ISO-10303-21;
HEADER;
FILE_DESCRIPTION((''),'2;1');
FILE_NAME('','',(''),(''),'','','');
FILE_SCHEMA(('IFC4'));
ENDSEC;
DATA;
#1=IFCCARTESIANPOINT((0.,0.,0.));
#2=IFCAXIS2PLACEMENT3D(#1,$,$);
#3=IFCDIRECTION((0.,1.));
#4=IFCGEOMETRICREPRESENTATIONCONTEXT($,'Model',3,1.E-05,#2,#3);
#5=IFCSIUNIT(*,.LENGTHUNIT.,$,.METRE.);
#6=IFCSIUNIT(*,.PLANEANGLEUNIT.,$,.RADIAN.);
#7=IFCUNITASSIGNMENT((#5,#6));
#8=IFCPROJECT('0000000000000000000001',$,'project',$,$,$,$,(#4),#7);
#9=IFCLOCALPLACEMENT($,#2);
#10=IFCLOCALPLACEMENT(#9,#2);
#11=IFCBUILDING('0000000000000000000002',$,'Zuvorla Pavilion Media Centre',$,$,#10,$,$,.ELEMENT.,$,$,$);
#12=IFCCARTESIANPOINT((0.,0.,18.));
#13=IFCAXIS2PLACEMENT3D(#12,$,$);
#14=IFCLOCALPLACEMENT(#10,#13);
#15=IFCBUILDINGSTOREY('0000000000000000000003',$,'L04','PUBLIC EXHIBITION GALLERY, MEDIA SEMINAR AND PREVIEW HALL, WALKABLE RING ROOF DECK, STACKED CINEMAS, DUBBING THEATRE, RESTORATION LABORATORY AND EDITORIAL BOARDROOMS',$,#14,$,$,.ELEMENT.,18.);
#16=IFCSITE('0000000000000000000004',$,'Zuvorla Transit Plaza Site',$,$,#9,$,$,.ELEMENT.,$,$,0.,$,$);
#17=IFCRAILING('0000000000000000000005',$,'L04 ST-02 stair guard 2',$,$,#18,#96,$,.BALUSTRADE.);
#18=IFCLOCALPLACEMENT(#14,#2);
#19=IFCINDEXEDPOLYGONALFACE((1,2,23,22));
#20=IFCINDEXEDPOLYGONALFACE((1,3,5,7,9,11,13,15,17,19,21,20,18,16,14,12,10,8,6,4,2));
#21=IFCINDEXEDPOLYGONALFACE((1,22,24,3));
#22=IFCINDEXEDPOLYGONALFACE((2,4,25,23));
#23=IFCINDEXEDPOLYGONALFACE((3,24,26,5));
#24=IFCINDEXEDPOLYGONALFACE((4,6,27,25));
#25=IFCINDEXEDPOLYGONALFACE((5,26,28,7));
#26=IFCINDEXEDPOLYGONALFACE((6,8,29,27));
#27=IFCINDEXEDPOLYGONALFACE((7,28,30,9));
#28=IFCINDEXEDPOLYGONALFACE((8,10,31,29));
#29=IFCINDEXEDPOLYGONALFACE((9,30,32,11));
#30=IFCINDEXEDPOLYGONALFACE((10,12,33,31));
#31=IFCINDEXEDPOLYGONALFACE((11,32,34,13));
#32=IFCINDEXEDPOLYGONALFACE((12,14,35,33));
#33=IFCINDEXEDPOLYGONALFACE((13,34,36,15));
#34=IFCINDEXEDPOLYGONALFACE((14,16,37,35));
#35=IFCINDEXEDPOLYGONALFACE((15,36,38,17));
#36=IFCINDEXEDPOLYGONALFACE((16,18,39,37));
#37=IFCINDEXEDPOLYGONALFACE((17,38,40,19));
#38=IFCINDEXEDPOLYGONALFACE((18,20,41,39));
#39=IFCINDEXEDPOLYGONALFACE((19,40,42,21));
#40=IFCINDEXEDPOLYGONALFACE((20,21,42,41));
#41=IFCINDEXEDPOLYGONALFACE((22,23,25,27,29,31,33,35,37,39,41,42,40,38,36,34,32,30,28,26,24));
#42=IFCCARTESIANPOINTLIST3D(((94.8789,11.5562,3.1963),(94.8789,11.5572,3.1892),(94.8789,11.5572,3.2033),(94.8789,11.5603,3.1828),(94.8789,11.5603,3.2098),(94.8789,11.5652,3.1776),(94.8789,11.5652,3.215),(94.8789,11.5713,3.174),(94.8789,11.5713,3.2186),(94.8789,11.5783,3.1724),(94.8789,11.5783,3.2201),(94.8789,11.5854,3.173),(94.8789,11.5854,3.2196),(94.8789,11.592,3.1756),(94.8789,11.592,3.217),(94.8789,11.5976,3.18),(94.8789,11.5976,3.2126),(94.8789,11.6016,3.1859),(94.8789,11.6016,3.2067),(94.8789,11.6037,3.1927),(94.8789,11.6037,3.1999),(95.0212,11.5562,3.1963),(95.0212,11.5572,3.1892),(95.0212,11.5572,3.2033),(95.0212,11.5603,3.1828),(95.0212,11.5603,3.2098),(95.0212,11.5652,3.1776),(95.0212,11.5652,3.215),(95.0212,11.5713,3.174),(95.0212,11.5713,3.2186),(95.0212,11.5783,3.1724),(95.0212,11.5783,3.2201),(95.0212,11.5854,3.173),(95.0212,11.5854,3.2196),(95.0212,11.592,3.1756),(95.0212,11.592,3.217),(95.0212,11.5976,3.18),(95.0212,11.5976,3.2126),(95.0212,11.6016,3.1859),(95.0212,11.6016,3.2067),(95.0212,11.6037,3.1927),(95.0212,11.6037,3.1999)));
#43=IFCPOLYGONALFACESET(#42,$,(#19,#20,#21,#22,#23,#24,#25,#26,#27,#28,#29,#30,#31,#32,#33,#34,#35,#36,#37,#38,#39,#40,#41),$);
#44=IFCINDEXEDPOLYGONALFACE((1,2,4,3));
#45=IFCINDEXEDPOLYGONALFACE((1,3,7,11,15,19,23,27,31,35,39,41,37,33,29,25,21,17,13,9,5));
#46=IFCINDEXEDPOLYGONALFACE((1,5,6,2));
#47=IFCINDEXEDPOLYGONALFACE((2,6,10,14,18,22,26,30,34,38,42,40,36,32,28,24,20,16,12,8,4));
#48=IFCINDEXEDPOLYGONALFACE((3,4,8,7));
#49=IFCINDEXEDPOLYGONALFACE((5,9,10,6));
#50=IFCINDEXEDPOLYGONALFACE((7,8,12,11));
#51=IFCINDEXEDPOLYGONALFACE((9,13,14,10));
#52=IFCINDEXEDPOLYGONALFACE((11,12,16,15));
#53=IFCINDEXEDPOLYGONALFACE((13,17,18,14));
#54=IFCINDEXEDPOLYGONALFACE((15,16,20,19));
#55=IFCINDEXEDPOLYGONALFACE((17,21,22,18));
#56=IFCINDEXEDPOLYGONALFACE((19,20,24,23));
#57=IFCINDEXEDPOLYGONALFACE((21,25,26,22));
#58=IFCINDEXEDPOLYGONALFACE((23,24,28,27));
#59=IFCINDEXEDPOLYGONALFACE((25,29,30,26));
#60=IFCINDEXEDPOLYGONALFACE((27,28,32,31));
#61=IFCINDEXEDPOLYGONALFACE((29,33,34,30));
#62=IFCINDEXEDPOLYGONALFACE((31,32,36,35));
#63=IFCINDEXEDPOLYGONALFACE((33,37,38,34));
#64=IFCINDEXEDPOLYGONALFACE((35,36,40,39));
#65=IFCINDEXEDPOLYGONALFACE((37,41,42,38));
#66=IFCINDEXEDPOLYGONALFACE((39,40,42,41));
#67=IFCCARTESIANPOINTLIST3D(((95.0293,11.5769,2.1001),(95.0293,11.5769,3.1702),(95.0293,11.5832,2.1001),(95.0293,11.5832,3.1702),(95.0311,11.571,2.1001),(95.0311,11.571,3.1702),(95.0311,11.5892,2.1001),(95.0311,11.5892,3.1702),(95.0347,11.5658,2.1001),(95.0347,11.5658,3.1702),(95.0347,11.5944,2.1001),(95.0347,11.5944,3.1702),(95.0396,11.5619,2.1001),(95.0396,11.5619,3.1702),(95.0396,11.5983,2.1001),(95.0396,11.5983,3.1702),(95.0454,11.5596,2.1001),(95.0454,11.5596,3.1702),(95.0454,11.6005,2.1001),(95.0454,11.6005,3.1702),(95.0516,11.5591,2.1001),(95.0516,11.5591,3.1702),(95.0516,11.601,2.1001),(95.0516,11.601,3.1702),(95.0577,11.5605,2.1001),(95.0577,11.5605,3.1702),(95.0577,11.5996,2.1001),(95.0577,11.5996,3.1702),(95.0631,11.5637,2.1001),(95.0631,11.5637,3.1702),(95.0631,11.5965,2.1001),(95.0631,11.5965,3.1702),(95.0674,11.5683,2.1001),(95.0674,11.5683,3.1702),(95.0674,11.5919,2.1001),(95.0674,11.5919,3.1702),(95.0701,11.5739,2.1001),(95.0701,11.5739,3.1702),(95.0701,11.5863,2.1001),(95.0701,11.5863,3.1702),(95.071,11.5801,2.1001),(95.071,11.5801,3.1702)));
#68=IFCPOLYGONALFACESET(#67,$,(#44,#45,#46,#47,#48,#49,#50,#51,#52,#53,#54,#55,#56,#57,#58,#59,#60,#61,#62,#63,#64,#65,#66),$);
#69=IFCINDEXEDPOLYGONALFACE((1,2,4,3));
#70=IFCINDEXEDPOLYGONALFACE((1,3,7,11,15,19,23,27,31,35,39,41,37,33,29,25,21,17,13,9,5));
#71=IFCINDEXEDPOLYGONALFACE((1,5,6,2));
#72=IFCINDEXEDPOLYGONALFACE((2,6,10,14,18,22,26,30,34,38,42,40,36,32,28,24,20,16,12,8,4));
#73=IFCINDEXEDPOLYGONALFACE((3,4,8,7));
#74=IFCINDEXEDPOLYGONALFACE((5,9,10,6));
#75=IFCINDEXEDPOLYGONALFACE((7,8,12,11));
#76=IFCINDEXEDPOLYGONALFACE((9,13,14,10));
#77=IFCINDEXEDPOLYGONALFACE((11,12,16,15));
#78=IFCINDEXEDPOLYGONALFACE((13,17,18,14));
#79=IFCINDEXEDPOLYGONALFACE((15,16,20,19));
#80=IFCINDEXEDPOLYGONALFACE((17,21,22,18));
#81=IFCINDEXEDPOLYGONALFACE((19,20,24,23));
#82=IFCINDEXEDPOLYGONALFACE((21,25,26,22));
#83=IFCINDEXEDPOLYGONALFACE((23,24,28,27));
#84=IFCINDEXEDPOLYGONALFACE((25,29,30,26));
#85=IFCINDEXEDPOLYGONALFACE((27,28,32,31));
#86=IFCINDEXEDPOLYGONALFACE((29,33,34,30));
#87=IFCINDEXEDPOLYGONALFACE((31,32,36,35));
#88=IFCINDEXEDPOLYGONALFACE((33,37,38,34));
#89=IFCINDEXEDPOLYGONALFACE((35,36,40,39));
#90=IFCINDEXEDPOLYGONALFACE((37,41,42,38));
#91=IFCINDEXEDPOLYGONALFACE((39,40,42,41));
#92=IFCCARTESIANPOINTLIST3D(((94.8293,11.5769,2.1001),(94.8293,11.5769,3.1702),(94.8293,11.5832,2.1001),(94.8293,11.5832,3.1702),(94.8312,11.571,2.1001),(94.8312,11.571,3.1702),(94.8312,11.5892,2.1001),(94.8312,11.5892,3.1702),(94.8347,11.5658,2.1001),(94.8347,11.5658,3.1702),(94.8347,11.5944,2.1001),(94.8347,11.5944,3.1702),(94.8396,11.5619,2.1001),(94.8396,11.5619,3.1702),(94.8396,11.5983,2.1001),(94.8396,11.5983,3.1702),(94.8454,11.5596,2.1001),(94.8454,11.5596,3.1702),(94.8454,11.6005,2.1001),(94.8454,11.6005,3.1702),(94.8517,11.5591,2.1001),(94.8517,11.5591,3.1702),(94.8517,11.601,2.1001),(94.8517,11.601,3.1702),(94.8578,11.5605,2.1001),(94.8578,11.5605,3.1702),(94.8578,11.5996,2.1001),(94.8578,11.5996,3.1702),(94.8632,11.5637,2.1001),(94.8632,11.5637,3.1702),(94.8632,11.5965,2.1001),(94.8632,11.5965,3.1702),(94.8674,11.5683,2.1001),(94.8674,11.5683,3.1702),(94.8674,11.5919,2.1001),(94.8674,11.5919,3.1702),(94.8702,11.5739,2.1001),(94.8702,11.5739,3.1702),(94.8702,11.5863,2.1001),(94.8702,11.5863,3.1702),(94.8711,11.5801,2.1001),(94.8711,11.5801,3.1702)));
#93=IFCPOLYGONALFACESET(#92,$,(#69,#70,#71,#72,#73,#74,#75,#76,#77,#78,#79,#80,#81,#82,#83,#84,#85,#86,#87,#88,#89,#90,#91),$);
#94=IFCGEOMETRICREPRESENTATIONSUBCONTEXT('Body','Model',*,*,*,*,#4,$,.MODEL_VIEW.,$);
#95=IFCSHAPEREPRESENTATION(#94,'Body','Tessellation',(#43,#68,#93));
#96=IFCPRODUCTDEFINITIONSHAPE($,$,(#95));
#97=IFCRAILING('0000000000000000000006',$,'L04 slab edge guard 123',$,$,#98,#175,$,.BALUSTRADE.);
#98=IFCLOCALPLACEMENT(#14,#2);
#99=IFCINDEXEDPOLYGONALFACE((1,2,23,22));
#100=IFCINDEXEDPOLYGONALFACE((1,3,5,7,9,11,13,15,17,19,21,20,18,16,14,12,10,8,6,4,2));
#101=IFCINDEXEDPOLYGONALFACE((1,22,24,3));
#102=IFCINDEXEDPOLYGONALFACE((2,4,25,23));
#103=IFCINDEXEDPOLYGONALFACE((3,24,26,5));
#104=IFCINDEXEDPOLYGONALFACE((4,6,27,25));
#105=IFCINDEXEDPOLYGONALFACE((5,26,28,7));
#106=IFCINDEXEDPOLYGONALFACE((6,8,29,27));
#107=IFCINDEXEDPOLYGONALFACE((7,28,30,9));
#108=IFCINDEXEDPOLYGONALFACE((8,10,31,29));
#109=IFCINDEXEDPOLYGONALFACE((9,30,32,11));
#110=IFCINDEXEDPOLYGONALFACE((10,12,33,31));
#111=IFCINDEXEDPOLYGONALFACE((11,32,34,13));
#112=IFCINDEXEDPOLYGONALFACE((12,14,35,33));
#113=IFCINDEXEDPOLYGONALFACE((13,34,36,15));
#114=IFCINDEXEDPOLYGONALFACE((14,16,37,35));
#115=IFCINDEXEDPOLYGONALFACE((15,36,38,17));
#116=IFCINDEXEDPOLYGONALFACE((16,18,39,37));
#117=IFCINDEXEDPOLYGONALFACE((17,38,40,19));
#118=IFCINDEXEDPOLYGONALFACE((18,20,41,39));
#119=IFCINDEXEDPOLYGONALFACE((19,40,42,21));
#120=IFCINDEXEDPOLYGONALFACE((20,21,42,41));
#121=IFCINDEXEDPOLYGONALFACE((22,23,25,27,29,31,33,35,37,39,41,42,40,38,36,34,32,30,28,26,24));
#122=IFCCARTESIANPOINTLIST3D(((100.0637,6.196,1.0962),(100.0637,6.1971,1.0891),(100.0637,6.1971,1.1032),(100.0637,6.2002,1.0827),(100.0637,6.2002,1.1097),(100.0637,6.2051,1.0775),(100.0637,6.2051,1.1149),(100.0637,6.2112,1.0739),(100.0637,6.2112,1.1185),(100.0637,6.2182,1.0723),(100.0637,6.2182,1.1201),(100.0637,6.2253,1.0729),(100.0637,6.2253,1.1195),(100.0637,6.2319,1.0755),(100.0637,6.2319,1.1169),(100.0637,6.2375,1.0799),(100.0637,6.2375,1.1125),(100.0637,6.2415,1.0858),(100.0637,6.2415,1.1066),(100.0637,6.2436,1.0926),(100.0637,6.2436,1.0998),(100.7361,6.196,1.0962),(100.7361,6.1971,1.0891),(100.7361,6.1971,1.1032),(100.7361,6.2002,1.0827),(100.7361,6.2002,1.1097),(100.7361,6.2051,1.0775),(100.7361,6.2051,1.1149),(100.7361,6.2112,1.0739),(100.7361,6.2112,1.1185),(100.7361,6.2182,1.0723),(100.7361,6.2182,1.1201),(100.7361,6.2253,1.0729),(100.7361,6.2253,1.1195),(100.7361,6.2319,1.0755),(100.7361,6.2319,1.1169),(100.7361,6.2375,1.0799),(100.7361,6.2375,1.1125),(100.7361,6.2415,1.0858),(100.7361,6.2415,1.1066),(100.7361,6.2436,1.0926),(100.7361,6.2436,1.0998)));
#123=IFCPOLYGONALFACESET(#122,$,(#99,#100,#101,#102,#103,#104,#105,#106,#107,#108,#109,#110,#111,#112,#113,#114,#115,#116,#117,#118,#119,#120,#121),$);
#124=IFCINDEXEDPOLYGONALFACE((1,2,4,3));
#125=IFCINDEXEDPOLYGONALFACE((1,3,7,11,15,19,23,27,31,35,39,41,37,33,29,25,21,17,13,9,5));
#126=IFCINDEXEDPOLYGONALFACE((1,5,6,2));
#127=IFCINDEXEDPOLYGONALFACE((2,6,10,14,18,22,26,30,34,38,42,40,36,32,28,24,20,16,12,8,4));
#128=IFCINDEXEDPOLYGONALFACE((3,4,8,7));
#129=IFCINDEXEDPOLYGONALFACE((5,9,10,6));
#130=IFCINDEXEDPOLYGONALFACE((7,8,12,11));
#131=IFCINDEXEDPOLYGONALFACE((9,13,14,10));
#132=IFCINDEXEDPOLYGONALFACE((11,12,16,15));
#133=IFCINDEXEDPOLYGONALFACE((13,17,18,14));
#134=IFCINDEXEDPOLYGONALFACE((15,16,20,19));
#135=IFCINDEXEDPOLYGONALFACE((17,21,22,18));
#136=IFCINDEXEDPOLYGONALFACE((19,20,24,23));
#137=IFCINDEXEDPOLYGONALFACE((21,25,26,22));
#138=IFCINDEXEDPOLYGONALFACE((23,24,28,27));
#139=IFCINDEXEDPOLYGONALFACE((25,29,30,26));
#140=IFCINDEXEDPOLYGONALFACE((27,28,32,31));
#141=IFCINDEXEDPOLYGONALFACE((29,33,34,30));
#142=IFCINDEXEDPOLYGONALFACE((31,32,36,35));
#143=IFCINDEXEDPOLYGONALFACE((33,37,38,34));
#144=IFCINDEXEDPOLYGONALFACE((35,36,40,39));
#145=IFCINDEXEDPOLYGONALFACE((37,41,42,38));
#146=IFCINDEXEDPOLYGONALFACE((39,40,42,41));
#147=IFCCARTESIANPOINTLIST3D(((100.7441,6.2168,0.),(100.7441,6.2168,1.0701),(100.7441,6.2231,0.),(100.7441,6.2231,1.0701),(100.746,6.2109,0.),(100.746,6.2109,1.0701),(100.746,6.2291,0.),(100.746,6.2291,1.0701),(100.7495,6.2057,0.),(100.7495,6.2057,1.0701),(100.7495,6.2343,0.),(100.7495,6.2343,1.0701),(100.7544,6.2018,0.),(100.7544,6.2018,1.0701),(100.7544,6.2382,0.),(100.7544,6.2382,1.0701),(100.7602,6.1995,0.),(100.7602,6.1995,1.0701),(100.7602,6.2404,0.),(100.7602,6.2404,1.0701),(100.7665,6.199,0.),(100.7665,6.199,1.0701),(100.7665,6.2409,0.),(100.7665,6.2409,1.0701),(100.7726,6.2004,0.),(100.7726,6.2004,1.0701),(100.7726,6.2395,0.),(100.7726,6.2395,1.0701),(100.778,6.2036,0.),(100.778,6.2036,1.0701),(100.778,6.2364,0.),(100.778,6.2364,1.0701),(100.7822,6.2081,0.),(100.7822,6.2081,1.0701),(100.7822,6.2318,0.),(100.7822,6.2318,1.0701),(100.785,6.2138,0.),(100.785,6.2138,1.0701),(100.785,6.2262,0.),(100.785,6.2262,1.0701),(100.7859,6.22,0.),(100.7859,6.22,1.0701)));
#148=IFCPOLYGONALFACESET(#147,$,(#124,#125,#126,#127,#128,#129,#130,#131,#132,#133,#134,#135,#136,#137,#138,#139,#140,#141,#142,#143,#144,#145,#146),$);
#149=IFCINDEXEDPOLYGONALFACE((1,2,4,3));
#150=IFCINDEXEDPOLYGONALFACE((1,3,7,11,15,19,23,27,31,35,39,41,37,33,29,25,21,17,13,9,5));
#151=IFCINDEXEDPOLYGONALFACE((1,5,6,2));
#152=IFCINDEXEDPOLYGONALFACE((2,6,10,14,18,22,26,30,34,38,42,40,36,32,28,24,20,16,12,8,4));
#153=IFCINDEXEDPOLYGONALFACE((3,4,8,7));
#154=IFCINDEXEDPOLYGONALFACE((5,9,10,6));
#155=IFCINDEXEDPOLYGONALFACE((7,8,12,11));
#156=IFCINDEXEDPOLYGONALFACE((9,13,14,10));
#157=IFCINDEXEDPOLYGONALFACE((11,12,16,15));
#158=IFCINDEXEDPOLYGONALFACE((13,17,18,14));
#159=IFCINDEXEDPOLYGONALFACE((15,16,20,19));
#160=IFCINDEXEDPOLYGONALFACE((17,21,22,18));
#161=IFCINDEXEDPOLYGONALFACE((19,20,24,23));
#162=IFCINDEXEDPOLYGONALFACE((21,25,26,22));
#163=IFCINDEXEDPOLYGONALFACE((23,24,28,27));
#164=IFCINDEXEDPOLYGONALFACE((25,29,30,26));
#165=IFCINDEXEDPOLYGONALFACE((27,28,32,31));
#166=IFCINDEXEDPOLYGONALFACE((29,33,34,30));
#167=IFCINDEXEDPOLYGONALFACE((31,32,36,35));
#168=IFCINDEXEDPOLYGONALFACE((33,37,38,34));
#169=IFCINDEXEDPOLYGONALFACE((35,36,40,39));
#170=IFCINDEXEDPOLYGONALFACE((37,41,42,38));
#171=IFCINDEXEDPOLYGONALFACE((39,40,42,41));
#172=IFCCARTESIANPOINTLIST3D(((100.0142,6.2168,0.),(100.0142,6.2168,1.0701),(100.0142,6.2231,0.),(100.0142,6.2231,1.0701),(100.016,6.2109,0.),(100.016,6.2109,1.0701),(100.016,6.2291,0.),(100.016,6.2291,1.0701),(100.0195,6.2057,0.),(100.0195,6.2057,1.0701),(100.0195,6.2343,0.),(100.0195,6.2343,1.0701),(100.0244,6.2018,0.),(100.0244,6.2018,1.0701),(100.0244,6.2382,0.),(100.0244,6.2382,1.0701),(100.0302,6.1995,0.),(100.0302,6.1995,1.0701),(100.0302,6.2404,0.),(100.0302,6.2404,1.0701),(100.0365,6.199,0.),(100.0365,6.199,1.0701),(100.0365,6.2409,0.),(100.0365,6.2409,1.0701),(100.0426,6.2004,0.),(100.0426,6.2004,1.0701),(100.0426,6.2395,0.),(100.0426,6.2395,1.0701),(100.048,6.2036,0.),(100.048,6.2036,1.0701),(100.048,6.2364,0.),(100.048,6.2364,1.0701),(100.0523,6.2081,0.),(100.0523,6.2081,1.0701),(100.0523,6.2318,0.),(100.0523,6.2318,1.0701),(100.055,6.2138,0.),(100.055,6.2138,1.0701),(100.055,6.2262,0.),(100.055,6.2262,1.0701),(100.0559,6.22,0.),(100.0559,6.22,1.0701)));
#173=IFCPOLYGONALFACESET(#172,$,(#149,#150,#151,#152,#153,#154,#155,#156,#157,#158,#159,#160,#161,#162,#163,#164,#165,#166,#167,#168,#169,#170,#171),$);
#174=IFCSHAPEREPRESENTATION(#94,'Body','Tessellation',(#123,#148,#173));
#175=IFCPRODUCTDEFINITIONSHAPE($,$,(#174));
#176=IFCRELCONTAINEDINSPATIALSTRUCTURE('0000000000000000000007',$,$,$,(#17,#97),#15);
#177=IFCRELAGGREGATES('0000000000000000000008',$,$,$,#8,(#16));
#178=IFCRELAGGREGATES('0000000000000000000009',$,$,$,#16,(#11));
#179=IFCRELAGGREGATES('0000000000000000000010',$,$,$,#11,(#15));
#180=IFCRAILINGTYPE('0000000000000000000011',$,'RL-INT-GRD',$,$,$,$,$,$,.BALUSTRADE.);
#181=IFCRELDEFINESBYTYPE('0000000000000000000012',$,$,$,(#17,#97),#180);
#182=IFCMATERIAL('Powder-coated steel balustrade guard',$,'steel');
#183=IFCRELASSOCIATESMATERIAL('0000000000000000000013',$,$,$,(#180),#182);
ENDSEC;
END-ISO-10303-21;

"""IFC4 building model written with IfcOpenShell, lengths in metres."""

from ifc_helpers import new_model, si_unit, direction, frame, origin, origin_2d, place, context, subcontext, project, spatial, circle, extrude, material, type_object, element, save


model = new_model("IFC4")

# Units and contexts
model_context = context("Model", 3, precision=1e-05, world=origin(), true_north=direction((0.0, 1.0)))
body_context = subcontext(model_context, "Body", "Model", "MODEL_VIEW")
ifc_project = project(units=[si_unit("LENGTHUNIT", "METRE"), si_unit("PLANEANGLEUNIT", "RADIAN")], contexts=[model_context])

# Site, building, storey
site_placement = place(None, origin())
site = spatial("IfcSite", under=ifc_project, at=site_placement, Name="Zuvorla Transit Plaza Site", CompositionType="ELEMENT", RefElevation=0.0)
building_placement = place(site_placement, origin())
building = spatial("IfcBuilding", under=site, at=building_placement, Name="Zuvorla Pavilion Media Centre", CompositionType="ELEMENT")
storey_placement = place(building_placement, frame((0.0, 0.0, 18.0)))
storey = spatial("IfcBuildingStorey", under=building, at=storey_placement, Name="L04", Description="PUBLIC EXHIBITION GALLERY, MEDIA SEMINAR AND PREVIEW HALL, WALKABLE RING ROOF DECK, STACKED CINEMAS, DUBBING THEATRE, RESTORATION LABORATORY AND EDITORIAL BOARDROOMS", CompositionType="ELEMENT", Elevation=18.0)

# Railings
ifc_material_1 = material(Name="Powder-coated steel balustrade guard", Category="steel")
railing_type_1 = type_object("IfcRailingType", Name="RL-INT-GRD", PredefinedType="BALUSTRADE", material=ifc_material_1)
railing_1_placement = place(storey_placement, frame((95.05, 11.5801, 2.1001)))
element("IfcRailing", 1, at=railing_1_placement, inside=storey, type_object=railing_type_1, Name="L04 ST-02 stair guard 2", PredefinedType="BALUSTRADE", context=body_context, shape_type="SweptSolid", body=[
    extrude(circle(Radius=0.0239, at=origin_2d()), frame((-0.0288, 0.0, 1.0962), z_axis=(-1.0, 0.0, 0.0), x_axis=(0.0, -1.0, 0.0)), (0.0, 0.0, 1.0), 0.1423),
    extrude(circle(Radius=0.021, at=origin_2d()), origin(), (0.0, 0.0, 1.0), 1.0701),
    extrude(circle(Radius=0.021, at=origin_2d()), frame((-0.2, 0.0, 0.0)), (0.0, 0.0, 1.0), 1.0701),
])
railing_2_placement = place(storey_placement, frame((100.7649, 6.22, 0.0)))
element("IfcRailing", 2, at=railing_2_placement, inside=storey, type_object=railing_type_1, Name="L04 slab edge guard 123", PredefinedType="BALUSTRADE", context=body_context, shape_type="SweptSolid", body=[
    extrude(circle(Radius=0.0239, at=origin_2d()), frame((-0.0288, 0.0, 1.0962), z_axis=(-1.0, 0.0, 0.0), x_axis=(0.0, -1.0, 0.0)), (0.0, 0.0, 1.0), 0.6724),
    extrude(circle(Radius=0.021, at=origin_2d()), origin(), (0.0, 0.0, 1.0), 1.0701),
    extrude(circle(Radius=0.021, at=origin_2d()), frame((-0.73, 0.0, 0.0)), (0.0, 0.0, 1.0), 1.0701),
])

save(model, "model.ifc")
